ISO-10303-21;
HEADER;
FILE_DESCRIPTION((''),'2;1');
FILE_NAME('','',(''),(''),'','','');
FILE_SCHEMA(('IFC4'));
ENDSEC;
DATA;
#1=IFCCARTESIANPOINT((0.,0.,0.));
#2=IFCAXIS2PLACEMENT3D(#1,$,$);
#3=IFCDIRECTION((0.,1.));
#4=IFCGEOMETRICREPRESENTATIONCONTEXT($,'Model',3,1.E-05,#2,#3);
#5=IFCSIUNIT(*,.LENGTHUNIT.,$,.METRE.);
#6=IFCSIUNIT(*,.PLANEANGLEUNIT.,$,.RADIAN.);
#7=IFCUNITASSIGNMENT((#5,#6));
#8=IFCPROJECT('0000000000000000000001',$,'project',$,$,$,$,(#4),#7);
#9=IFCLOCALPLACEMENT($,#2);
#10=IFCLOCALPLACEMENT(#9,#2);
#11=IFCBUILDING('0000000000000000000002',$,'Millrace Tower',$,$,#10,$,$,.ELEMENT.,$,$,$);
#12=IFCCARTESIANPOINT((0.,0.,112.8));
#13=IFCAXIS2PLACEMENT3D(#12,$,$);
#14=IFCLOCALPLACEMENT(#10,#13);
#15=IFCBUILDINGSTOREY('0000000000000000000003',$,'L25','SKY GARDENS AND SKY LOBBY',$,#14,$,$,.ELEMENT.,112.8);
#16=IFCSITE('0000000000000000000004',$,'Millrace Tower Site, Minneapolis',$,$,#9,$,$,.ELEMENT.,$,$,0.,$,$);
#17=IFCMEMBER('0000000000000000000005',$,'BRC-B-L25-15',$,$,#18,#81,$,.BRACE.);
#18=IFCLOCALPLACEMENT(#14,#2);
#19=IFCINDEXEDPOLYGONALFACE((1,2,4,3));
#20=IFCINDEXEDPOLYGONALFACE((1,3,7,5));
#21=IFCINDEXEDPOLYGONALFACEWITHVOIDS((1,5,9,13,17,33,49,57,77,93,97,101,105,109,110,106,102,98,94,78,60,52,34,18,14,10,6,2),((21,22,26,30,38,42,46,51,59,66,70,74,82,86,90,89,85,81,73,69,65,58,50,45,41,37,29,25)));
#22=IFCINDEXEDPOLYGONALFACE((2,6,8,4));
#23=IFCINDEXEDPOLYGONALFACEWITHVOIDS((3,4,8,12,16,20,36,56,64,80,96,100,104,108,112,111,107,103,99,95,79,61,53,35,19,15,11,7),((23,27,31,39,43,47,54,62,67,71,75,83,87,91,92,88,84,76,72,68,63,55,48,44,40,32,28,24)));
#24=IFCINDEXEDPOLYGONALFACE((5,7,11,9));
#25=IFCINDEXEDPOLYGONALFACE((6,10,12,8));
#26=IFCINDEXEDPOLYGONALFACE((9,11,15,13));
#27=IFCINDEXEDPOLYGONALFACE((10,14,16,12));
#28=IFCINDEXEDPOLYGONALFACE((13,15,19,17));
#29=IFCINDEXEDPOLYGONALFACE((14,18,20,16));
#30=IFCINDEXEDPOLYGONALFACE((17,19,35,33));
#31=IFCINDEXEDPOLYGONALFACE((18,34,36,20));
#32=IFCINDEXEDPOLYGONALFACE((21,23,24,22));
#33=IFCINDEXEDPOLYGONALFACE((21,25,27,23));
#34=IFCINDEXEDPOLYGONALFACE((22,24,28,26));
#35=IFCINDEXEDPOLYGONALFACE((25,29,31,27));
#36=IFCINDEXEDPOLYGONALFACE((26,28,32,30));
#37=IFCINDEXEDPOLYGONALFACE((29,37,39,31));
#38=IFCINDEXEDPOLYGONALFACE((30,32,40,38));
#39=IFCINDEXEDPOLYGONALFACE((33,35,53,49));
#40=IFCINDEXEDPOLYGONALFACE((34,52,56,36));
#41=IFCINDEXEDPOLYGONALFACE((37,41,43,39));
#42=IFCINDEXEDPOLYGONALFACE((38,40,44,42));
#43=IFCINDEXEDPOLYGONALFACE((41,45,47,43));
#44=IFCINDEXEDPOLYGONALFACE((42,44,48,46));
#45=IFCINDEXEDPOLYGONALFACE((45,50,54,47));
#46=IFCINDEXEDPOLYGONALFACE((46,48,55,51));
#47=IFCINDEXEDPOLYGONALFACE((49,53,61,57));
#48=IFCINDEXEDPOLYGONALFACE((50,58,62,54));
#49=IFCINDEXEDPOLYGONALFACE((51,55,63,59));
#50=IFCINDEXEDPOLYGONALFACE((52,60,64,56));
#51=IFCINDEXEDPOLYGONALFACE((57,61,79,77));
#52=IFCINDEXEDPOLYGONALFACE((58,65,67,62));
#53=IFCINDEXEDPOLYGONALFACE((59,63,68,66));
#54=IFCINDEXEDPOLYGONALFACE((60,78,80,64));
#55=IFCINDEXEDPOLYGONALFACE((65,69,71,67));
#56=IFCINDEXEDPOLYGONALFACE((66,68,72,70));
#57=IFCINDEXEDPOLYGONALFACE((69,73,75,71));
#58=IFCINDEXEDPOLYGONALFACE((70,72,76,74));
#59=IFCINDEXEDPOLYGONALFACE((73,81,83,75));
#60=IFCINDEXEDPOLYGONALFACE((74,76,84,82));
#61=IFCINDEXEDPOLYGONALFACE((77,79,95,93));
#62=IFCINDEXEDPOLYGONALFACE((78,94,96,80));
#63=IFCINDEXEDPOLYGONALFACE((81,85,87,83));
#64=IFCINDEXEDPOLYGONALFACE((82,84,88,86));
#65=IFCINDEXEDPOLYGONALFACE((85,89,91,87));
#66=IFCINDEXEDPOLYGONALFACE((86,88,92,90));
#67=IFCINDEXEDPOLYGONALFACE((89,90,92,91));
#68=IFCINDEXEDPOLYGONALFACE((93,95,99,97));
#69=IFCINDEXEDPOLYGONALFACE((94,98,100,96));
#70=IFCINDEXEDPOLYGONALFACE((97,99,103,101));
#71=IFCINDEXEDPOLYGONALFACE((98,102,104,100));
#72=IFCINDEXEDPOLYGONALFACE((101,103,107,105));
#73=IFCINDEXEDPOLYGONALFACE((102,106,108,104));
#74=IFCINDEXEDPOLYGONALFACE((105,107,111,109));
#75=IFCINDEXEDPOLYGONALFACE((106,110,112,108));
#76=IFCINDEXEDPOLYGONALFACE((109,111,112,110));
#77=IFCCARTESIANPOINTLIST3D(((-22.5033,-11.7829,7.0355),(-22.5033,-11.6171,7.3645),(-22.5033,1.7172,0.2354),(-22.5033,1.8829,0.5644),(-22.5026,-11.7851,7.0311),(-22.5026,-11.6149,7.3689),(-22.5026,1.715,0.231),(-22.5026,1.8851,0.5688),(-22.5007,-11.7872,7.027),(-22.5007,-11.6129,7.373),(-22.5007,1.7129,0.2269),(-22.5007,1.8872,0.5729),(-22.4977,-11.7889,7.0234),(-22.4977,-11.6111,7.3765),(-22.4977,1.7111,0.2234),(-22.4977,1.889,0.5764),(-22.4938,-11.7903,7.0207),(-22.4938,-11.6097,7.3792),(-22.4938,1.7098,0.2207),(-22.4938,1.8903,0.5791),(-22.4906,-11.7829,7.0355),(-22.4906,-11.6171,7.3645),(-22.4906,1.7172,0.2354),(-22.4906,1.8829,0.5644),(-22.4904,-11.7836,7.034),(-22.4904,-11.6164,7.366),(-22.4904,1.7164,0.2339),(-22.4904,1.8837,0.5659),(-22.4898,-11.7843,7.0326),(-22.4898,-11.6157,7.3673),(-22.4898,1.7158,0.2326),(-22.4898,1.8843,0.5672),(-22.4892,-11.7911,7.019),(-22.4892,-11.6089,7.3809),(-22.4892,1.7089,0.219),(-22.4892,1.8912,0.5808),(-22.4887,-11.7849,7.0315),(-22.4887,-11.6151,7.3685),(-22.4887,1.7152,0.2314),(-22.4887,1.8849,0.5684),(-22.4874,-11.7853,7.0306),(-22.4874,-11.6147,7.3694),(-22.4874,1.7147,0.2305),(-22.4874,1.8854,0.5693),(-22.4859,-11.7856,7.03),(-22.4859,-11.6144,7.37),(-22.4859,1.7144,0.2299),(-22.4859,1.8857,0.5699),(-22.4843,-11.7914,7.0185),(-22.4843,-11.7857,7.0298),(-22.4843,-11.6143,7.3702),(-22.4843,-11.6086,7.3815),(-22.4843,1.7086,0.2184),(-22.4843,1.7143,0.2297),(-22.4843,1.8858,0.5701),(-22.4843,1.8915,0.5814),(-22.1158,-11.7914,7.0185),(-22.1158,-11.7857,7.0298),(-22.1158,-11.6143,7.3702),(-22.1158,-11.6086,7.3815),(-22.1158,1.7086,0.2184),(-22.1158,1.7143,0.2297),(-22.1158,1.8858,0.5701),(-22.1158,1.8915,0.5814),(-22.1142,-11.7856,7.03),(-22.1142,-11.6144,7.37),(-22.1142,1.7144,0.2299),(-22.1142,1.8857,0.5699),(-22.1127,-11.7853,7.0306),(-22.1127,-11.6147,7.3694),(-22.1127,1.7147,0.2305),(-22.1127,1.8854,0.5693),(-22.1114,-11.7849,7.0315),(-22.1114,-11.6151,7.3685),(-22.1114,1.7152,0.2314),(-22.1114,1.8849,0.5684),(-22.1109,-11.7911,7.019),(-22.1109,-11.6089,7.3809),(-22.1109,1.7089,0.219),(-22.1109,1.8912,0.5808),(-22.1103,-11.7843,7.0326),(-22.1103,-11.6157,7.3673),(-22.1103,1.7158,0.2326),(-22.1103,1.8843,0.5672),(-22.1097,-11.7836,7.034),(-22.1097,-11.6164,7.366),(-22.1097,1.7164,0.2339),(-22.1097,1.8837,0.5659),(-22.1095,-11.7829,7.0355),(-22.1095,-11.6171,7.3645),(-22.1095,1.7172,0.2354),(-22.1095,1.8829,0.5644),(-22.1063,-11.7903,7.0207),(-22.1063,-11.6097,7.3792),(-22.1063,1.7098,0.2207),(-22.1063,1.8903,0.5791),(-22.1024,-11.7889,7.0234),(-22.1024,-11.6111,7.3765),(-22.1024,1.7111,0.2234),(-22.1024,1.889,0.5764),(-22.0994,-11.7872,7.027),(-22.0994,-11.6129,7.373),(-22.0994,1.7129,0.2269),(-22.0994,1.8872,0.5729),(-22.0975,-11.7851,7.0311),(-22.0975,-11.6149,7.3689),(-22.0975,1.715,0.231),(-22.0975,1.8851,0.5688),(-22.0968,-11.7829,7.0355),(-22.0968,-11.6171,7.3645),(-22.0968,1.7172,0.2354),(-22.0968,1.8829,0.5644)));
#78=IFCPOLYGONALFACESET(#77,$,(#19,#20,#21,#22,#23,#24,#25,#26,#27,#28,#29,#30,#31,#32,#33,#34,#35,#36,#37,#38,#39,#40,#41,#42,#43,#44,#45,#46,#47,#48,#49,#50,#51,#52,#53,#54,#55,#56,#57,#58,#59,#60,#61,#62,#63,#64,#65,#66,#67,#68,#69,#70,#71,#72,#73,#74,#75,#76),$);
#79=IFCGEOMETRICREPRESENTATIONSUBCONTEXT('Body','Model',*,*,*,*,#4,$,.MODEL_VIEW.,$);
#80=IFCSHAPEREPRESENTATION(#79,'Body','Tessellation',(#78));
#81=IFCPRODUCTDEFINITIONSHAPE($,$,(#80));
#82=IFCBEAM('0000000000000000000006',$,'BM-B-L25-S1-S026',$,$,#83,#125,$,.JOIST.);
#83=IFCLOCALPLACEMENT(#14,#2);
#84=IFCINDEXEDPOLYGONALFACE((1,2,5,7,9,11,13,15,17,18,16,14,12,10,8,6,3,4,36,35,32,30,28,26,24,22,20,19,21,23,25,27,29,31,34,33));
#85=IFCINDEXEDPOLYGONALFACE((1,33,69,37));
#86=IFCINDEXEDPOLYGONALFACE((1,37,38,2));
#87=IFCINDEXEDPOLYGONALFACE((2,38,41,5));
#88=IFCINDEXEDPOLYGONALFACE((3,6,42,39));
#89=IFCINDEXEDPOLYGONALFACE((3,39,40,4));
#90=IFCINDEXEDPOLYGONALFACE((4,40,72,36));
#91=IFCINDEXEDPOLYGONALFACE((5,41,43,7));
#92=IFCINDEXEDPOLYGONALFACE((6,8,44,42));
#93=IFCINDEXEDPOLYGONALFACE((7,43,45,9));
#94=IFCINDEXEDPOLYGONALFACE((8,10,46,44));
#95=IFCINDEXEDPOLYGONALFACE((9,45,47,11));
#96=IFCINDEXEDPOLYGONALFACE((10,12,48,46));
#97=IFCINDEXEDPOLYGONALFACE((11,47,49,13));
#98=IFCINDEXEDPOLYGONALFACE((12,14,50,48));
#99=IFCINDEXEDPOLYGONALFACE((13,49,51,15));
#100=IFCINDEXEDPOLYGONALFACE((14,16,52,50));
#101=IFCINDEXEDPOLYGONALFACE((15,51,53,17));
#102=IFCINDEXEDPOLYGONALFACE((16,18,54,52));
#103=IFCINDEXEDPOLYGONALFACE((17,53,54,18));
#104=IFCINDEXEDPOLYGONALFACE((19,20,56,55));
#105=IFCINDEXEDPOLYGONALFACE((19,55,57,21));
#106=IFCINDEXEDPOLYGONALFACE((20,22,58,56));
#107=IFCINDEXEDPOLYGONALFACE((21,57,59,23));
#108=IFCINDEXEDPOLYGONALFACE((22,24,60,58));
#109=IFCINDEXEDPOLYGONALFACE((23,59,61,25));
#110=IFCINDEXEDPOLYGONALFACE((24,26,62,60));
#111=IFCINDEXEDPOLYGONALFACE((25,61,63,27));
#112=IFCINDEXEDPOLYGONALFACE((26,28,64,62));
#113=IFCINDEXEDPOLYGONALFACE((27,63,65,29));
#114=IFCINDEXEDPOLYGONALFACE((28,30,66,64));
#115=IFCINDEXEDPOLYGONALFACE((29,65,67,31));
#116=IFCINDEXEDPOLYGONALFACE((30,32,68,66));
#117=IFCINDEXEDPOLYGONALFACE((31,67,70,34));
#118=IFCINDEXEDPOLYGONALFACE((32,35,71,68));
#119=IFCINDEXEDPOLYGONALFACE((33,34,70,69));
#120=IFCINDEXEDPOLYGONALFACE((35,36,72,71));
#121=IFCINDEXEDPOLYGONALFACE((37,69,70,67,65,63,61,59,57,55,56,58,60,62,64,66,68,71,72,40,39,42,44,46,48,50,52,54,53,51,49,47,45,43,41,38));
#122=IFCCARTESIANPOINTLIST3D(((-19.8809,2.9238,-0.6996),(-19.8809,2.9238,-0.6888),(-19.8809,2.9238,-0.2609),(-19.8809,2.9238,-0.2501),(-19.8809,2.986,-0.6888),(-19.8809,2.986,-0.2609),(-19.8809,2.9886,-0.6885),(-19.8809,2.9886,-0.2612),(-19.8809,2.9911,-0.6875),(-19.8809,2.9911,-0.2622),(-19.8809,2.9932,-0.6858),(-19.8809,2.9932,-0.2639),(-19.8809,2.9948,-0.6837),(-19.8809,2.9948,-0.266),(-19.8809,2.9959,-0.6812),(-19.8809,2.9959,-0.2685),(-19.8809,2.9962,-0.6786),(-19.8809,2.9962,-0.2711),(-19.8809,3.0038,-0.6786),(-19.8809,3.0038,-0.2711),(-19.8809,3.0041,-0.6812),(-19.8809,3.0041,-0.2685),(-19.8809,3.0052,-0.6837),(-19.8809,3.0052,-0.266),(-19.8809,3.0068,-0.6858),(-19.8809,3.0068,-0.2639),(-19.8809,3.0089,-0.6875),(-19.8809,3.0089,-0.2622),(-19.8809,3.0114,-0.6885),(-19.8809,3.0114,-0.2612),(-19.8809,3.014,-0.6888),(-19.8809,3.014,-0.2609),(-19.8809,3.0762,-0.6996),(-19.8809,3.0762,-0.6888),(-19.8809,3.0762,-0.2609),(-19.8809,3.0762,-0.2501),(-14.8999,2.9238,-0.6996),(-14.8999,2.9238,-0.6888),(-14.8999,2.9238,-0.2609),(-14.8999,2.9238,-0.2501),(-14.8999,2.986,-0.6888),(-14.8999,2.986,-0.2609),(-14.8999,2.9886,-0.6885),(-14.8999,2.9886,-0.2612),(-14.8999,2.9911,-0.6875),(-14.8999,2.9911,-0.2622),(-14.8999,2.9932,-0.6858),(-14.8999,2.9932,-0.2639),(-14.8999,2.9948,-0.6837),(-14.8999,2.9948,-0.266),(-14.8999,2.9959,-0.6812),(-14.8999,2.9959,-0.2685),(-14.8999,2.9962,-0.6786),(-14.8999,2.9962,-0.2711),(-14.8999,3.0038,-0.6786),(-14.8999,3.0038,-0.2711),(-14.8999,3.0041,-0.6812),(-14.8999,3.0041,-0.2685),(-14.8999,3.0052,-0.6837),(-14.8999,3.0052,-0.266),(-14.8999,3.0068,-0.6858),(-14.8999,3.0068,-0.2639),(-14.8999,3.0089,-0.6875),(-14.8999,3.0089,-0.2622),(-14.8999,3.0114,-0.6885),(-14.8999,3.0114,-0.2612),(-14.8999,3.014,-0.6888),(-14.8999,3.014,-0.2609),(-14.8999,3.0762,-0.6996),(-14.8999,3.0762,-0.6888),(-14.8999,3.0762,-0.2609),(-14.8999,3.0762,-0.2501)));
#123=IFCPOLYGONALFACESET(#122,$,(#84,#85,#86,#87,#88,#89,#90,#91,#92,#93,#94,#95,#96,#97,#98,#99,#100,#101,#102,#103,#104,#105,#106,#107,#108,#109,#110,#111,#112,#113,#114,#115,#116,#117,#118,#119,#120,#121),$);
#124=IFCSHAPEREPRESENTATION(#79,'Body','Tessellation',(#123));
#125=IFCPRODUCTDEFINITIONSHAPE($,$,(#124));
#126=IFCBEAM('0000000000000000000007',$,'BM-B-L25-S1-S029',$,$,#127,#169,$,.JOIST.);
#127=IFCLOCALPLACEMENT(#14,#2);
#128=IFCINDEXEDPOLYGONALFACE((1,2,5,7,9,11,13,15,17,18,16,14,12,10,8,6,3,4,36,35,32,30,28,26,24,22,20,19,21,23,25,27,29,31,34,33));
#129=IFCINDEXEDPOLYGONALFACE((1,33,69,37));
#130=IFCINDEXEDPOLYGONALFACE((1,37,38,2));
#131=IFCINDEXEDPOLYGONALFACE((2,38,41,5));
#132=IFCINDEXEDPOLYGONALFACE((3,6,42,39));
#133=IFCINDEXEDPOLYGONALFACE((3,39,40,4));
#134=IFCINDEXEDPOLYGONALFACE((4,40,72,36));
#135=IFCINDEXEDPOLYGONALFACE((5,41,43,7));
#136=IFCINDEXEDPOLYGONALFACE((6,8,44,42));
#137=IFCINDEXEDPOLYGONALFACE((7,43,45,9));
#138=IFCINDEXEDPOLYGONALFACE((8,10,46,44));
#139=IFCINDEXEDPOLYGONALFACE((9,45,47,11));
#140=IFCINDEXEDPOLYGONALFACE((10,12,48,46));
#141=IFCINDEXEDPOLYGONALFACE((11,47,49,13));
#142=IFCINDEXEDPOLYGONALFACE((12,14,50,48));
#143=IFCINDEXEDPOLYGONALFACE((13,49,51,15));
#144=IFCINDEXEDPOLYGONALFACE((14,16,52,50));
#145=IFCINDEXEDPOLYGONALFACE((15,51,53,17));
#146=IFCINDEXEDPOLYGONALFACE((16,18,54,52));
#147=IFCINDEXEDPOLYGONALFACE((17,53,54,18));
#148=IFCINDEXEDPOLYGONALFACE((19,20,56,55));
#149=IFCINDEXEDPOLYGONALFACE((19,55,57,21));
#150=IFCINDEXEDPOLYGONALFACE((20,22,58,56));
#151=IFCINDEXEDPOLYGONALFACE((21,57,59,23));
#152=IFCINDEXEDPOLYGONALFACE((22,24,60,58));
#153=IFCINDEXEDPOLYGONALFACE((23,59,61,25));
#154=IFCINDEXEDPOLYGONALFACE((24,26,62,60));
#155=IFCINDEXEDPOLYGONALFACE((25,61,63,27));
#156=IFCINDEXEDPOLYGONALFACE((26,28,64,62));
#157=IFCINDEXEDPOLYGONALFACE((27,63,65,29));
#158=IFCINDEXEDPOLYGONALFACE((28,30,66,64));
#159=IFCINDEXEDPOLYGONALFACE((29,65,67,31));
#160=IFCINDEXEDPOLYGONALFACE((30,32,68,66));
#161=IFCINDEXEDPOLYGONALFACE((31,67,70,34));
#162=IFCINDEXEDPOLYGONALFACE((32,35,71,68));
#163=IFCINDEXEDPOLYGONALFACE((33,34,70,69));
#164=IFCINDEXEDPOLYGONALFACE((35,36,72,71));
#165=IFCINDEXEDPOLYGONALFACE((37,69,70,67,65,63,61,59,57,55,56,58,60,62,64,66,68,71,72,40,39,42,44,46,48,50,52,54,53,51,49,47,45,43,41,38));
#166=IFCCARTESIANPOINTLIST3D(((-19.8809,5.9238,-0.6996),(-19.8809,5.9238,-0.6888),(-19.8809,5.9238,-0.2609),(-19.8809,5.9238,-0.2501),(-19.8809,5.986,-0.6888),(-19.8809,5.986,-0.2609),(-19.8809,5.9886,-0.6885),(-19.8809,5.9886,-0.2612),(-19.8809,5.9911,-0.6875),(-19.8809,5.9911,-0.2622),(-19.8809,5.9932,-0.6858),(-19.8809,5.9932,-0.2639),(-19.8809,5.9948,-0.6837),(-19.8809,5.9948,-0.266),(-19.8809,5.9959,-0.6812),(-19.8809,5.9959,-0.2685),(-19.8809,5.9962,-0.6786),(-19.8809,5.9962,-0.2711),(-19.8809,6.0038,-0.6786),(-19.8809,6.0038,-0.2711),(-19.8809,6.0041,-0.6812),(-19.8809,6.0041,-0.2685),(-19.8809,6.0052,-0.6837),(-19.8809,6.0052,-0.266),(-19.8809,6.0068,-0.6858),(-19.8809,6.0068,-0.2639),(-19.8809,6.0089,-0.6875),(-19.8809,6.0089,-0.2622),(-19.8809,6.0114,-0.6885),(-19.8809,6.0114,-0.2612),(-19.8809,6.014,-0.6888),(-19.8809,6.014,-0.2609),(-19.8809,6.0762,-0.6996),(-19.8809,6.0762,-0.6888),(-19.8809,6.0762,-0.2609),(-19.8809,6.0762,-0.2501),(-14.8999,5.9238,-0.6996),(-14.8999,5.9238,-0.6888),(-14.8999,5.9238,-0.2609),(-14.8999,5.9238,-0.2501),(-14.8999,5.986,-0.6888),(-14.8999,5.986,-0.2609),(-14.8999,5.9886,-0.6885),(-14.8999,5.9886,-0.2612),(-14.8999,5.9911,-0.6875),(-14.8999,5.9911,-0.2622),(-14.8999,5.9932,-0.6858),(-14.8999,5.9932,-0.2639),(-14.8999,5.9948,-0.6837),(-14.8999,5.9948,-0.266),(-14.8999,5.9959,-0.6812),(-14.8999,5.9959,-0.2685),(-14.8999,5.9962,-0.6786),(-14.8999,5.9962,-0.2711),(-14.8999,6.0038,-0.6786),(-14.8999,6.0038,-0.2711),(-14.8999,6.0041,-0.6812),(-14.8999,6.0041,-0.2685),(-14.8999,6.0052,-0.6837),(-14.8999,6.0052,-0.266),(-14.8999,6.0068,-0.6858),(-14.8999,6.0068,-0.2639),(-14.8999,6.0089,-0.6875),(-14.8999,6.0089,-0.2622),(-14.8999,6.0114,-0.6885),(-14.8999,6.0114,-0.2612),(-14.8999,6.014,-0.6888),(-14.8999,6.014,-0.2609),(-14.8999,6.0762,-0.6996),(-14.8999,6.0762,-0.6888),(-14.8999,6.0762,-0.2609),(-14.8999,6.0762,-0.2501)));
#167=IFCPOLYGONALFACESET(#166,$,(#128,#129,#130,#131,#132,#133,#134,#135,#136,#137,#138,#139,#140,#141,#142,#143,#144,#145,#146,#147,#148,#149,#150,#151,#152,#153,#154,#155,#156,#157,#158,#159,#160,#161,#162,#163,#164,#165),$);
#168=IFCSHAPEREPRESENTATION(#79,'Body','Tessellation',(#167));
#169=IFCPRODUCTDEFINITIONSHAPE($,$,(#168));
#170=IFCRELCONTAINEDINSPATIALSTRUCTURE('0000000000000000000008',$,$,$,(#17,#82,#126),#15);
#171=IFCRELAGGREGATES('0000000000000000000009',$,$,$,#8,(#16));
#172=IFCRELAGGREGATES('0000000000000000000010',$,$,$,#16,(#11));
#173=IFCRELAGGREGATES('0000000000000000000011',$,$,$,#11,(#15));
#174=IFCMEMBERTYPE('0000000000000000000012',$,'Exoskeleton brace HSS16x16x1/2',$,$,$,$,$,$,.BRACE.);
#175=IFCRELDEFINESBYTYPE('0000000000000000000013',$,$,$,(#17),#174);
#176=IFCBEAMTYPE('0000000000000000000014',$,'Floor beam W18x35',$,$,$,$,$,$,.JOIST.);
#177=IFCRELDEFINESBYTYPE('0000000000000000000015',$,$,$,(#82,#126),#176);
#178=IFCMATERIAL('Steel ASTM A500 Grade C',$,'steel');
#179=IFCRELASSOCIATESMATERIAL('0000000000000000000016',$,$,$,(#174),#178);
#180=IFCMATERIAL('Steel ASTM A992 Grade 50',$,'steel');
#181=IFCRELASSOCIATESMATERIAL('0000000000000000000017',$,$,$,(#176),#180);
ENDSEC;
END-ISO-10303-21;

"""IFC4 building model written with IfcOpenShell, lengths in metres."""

from ifc_helpers import new_model, si_unit, direction, frame, origin, origin_2d, place, context, subcontext, project, spatial, hollow_rectangle, i_section, extrude, material, material_profile, profile_set, type_object, element, save


model = new_model("IFC4")

# Units and contexts
model_context = context("Model", 3, precision=1e-05, world=origin(), true_north=direction((0.0, 1.0)))
body_context = subcontext(model_context, "Body", "Model", "MODEL_VIEW")
ifc_project = project(units=[si_unit("LENGTHUNIT", "METRE"), si_unit("PLANEANGLEUNIT", "RADIAN")], contexts=[model_context])

# Site, building, storey
site_placement = place(None, origin())
site = spatial("IfcSite", under=ifc_project, at=site_placement, Name="Millrace Tower Site, Minneapolis", CompositionType="ELEMENT", RefElevation=0.0)
building_placement = place(site_placement, origin())
building = spatial("IfcBuilding", under=site, at=building_placement, Name="Millrace Tower", CompositionType="ELEMENT")
storey_placement = place(building_placement, frame((0.0, 0.0, 112.8)))
storey = spatial("IfcBuildingStorey", under=building, at=storey_placement, Name="L25", Description="SKY GARDENS AND SKY LOBBY", CompositionType="ELEMENT", Elevation=112.8)

# Member
ifc_material_1 = material(Name="Steel ASTM A500 Grade C", Category="steel")
ifc_material_profile_1 = material_profile(ifc_material_1, hollow_rectangle(XDim=0.4065, YDim=0.4065, WallThickness=0.0127, InnerFilletRadius=0.0063, OuterFilletRadius=0.019, at=origin_2d()))
ifc_profile_set_1 = profile_set([ifc_material_profile_1], Name="Steel ASTM A500 Grade C")
member_type_1 = type_object("IfcMemberType", Name="Exoskeleton brace HSS16x16x1/2", PredefinedType="BRACE", material=ifc_profile_set_1)
member_1_placement = place(storey_placement, frame((-22.3, 1.8, 0.3999), z_axis=(0.0, -0.893099, 0.44986), x_axis=(1.0, 0.0, 0.0)))
element("IfcMember", 1, at=member_1_placement, inside=storey, type_object=member_type_1, Name="BRC-B-L25-15", PredefinedType="BRACE", context=body_context, shape_type="SweptSolid", body=[
    extrude(hollow_rectangle(XDim=0.4065, YDim=0.4065, WallThickness=0.0127, InnerFilletRadius=0.0063, OuterFilletRadius=0.019, at=origin_2d()), origin(), (0.0, 0.0, 1.0), 15.116),
])

# Beams
ifc_material_2 = material(Name="Steel ASTM A992 Grade 50", Category="steel")
ifc_material_profile_2 = material_profile(ifc_material_2, i_section(OverallWidth=0.1523, OverallDepth=0.4495, WebThickness=0.0076, FlangeThickness=0.0107, FilletRadius=0.0103, at=origin_2d()))
ifc_profile_set_2 = profile_set([ifc_material_profile_2], Name="Steel ASTM A992 Grade 50")
beam_type_1 = type_object("IfcBeamType", Name="Floor beam W18x35", PredefinedType="JOIST", material=ifc_profile_set_2)
for number, where, z_axis, x_axis, name in (
    (2, (-19.8809, 3.0, -0.4749), (1.0, 0.0, 0.0), (0.0, 1.0, 0.0), "BM-B-L25-S1-S026"),
    (3, (-19.8809, 6.0, -0.4749), (1.0, 0.0, 0.0), (0.0, 1.0, 0.0), "BM-B-L25-S1-S029"),
):
    element("IfcBeam", number, at=place(storey_placement, frame(where, z_axis=z_axis, x_axis=x_axis)), inside=storey, type_object=beam_type_1, Name=name, PredefinedType="JOIST", context=body_context, shape_type="SweptSolid", body=[
        extrude(i_section(OverallWidth=0.1523, OverallDepth=0.4495, WebThickness=0.0076, FlangeThickness=0.0107, FilletRadius=0.0103, at=origin_2d()), origin(), (0.0, 0.0, 1.0), 4.981),
    ])

save(model, "model.ifc")
